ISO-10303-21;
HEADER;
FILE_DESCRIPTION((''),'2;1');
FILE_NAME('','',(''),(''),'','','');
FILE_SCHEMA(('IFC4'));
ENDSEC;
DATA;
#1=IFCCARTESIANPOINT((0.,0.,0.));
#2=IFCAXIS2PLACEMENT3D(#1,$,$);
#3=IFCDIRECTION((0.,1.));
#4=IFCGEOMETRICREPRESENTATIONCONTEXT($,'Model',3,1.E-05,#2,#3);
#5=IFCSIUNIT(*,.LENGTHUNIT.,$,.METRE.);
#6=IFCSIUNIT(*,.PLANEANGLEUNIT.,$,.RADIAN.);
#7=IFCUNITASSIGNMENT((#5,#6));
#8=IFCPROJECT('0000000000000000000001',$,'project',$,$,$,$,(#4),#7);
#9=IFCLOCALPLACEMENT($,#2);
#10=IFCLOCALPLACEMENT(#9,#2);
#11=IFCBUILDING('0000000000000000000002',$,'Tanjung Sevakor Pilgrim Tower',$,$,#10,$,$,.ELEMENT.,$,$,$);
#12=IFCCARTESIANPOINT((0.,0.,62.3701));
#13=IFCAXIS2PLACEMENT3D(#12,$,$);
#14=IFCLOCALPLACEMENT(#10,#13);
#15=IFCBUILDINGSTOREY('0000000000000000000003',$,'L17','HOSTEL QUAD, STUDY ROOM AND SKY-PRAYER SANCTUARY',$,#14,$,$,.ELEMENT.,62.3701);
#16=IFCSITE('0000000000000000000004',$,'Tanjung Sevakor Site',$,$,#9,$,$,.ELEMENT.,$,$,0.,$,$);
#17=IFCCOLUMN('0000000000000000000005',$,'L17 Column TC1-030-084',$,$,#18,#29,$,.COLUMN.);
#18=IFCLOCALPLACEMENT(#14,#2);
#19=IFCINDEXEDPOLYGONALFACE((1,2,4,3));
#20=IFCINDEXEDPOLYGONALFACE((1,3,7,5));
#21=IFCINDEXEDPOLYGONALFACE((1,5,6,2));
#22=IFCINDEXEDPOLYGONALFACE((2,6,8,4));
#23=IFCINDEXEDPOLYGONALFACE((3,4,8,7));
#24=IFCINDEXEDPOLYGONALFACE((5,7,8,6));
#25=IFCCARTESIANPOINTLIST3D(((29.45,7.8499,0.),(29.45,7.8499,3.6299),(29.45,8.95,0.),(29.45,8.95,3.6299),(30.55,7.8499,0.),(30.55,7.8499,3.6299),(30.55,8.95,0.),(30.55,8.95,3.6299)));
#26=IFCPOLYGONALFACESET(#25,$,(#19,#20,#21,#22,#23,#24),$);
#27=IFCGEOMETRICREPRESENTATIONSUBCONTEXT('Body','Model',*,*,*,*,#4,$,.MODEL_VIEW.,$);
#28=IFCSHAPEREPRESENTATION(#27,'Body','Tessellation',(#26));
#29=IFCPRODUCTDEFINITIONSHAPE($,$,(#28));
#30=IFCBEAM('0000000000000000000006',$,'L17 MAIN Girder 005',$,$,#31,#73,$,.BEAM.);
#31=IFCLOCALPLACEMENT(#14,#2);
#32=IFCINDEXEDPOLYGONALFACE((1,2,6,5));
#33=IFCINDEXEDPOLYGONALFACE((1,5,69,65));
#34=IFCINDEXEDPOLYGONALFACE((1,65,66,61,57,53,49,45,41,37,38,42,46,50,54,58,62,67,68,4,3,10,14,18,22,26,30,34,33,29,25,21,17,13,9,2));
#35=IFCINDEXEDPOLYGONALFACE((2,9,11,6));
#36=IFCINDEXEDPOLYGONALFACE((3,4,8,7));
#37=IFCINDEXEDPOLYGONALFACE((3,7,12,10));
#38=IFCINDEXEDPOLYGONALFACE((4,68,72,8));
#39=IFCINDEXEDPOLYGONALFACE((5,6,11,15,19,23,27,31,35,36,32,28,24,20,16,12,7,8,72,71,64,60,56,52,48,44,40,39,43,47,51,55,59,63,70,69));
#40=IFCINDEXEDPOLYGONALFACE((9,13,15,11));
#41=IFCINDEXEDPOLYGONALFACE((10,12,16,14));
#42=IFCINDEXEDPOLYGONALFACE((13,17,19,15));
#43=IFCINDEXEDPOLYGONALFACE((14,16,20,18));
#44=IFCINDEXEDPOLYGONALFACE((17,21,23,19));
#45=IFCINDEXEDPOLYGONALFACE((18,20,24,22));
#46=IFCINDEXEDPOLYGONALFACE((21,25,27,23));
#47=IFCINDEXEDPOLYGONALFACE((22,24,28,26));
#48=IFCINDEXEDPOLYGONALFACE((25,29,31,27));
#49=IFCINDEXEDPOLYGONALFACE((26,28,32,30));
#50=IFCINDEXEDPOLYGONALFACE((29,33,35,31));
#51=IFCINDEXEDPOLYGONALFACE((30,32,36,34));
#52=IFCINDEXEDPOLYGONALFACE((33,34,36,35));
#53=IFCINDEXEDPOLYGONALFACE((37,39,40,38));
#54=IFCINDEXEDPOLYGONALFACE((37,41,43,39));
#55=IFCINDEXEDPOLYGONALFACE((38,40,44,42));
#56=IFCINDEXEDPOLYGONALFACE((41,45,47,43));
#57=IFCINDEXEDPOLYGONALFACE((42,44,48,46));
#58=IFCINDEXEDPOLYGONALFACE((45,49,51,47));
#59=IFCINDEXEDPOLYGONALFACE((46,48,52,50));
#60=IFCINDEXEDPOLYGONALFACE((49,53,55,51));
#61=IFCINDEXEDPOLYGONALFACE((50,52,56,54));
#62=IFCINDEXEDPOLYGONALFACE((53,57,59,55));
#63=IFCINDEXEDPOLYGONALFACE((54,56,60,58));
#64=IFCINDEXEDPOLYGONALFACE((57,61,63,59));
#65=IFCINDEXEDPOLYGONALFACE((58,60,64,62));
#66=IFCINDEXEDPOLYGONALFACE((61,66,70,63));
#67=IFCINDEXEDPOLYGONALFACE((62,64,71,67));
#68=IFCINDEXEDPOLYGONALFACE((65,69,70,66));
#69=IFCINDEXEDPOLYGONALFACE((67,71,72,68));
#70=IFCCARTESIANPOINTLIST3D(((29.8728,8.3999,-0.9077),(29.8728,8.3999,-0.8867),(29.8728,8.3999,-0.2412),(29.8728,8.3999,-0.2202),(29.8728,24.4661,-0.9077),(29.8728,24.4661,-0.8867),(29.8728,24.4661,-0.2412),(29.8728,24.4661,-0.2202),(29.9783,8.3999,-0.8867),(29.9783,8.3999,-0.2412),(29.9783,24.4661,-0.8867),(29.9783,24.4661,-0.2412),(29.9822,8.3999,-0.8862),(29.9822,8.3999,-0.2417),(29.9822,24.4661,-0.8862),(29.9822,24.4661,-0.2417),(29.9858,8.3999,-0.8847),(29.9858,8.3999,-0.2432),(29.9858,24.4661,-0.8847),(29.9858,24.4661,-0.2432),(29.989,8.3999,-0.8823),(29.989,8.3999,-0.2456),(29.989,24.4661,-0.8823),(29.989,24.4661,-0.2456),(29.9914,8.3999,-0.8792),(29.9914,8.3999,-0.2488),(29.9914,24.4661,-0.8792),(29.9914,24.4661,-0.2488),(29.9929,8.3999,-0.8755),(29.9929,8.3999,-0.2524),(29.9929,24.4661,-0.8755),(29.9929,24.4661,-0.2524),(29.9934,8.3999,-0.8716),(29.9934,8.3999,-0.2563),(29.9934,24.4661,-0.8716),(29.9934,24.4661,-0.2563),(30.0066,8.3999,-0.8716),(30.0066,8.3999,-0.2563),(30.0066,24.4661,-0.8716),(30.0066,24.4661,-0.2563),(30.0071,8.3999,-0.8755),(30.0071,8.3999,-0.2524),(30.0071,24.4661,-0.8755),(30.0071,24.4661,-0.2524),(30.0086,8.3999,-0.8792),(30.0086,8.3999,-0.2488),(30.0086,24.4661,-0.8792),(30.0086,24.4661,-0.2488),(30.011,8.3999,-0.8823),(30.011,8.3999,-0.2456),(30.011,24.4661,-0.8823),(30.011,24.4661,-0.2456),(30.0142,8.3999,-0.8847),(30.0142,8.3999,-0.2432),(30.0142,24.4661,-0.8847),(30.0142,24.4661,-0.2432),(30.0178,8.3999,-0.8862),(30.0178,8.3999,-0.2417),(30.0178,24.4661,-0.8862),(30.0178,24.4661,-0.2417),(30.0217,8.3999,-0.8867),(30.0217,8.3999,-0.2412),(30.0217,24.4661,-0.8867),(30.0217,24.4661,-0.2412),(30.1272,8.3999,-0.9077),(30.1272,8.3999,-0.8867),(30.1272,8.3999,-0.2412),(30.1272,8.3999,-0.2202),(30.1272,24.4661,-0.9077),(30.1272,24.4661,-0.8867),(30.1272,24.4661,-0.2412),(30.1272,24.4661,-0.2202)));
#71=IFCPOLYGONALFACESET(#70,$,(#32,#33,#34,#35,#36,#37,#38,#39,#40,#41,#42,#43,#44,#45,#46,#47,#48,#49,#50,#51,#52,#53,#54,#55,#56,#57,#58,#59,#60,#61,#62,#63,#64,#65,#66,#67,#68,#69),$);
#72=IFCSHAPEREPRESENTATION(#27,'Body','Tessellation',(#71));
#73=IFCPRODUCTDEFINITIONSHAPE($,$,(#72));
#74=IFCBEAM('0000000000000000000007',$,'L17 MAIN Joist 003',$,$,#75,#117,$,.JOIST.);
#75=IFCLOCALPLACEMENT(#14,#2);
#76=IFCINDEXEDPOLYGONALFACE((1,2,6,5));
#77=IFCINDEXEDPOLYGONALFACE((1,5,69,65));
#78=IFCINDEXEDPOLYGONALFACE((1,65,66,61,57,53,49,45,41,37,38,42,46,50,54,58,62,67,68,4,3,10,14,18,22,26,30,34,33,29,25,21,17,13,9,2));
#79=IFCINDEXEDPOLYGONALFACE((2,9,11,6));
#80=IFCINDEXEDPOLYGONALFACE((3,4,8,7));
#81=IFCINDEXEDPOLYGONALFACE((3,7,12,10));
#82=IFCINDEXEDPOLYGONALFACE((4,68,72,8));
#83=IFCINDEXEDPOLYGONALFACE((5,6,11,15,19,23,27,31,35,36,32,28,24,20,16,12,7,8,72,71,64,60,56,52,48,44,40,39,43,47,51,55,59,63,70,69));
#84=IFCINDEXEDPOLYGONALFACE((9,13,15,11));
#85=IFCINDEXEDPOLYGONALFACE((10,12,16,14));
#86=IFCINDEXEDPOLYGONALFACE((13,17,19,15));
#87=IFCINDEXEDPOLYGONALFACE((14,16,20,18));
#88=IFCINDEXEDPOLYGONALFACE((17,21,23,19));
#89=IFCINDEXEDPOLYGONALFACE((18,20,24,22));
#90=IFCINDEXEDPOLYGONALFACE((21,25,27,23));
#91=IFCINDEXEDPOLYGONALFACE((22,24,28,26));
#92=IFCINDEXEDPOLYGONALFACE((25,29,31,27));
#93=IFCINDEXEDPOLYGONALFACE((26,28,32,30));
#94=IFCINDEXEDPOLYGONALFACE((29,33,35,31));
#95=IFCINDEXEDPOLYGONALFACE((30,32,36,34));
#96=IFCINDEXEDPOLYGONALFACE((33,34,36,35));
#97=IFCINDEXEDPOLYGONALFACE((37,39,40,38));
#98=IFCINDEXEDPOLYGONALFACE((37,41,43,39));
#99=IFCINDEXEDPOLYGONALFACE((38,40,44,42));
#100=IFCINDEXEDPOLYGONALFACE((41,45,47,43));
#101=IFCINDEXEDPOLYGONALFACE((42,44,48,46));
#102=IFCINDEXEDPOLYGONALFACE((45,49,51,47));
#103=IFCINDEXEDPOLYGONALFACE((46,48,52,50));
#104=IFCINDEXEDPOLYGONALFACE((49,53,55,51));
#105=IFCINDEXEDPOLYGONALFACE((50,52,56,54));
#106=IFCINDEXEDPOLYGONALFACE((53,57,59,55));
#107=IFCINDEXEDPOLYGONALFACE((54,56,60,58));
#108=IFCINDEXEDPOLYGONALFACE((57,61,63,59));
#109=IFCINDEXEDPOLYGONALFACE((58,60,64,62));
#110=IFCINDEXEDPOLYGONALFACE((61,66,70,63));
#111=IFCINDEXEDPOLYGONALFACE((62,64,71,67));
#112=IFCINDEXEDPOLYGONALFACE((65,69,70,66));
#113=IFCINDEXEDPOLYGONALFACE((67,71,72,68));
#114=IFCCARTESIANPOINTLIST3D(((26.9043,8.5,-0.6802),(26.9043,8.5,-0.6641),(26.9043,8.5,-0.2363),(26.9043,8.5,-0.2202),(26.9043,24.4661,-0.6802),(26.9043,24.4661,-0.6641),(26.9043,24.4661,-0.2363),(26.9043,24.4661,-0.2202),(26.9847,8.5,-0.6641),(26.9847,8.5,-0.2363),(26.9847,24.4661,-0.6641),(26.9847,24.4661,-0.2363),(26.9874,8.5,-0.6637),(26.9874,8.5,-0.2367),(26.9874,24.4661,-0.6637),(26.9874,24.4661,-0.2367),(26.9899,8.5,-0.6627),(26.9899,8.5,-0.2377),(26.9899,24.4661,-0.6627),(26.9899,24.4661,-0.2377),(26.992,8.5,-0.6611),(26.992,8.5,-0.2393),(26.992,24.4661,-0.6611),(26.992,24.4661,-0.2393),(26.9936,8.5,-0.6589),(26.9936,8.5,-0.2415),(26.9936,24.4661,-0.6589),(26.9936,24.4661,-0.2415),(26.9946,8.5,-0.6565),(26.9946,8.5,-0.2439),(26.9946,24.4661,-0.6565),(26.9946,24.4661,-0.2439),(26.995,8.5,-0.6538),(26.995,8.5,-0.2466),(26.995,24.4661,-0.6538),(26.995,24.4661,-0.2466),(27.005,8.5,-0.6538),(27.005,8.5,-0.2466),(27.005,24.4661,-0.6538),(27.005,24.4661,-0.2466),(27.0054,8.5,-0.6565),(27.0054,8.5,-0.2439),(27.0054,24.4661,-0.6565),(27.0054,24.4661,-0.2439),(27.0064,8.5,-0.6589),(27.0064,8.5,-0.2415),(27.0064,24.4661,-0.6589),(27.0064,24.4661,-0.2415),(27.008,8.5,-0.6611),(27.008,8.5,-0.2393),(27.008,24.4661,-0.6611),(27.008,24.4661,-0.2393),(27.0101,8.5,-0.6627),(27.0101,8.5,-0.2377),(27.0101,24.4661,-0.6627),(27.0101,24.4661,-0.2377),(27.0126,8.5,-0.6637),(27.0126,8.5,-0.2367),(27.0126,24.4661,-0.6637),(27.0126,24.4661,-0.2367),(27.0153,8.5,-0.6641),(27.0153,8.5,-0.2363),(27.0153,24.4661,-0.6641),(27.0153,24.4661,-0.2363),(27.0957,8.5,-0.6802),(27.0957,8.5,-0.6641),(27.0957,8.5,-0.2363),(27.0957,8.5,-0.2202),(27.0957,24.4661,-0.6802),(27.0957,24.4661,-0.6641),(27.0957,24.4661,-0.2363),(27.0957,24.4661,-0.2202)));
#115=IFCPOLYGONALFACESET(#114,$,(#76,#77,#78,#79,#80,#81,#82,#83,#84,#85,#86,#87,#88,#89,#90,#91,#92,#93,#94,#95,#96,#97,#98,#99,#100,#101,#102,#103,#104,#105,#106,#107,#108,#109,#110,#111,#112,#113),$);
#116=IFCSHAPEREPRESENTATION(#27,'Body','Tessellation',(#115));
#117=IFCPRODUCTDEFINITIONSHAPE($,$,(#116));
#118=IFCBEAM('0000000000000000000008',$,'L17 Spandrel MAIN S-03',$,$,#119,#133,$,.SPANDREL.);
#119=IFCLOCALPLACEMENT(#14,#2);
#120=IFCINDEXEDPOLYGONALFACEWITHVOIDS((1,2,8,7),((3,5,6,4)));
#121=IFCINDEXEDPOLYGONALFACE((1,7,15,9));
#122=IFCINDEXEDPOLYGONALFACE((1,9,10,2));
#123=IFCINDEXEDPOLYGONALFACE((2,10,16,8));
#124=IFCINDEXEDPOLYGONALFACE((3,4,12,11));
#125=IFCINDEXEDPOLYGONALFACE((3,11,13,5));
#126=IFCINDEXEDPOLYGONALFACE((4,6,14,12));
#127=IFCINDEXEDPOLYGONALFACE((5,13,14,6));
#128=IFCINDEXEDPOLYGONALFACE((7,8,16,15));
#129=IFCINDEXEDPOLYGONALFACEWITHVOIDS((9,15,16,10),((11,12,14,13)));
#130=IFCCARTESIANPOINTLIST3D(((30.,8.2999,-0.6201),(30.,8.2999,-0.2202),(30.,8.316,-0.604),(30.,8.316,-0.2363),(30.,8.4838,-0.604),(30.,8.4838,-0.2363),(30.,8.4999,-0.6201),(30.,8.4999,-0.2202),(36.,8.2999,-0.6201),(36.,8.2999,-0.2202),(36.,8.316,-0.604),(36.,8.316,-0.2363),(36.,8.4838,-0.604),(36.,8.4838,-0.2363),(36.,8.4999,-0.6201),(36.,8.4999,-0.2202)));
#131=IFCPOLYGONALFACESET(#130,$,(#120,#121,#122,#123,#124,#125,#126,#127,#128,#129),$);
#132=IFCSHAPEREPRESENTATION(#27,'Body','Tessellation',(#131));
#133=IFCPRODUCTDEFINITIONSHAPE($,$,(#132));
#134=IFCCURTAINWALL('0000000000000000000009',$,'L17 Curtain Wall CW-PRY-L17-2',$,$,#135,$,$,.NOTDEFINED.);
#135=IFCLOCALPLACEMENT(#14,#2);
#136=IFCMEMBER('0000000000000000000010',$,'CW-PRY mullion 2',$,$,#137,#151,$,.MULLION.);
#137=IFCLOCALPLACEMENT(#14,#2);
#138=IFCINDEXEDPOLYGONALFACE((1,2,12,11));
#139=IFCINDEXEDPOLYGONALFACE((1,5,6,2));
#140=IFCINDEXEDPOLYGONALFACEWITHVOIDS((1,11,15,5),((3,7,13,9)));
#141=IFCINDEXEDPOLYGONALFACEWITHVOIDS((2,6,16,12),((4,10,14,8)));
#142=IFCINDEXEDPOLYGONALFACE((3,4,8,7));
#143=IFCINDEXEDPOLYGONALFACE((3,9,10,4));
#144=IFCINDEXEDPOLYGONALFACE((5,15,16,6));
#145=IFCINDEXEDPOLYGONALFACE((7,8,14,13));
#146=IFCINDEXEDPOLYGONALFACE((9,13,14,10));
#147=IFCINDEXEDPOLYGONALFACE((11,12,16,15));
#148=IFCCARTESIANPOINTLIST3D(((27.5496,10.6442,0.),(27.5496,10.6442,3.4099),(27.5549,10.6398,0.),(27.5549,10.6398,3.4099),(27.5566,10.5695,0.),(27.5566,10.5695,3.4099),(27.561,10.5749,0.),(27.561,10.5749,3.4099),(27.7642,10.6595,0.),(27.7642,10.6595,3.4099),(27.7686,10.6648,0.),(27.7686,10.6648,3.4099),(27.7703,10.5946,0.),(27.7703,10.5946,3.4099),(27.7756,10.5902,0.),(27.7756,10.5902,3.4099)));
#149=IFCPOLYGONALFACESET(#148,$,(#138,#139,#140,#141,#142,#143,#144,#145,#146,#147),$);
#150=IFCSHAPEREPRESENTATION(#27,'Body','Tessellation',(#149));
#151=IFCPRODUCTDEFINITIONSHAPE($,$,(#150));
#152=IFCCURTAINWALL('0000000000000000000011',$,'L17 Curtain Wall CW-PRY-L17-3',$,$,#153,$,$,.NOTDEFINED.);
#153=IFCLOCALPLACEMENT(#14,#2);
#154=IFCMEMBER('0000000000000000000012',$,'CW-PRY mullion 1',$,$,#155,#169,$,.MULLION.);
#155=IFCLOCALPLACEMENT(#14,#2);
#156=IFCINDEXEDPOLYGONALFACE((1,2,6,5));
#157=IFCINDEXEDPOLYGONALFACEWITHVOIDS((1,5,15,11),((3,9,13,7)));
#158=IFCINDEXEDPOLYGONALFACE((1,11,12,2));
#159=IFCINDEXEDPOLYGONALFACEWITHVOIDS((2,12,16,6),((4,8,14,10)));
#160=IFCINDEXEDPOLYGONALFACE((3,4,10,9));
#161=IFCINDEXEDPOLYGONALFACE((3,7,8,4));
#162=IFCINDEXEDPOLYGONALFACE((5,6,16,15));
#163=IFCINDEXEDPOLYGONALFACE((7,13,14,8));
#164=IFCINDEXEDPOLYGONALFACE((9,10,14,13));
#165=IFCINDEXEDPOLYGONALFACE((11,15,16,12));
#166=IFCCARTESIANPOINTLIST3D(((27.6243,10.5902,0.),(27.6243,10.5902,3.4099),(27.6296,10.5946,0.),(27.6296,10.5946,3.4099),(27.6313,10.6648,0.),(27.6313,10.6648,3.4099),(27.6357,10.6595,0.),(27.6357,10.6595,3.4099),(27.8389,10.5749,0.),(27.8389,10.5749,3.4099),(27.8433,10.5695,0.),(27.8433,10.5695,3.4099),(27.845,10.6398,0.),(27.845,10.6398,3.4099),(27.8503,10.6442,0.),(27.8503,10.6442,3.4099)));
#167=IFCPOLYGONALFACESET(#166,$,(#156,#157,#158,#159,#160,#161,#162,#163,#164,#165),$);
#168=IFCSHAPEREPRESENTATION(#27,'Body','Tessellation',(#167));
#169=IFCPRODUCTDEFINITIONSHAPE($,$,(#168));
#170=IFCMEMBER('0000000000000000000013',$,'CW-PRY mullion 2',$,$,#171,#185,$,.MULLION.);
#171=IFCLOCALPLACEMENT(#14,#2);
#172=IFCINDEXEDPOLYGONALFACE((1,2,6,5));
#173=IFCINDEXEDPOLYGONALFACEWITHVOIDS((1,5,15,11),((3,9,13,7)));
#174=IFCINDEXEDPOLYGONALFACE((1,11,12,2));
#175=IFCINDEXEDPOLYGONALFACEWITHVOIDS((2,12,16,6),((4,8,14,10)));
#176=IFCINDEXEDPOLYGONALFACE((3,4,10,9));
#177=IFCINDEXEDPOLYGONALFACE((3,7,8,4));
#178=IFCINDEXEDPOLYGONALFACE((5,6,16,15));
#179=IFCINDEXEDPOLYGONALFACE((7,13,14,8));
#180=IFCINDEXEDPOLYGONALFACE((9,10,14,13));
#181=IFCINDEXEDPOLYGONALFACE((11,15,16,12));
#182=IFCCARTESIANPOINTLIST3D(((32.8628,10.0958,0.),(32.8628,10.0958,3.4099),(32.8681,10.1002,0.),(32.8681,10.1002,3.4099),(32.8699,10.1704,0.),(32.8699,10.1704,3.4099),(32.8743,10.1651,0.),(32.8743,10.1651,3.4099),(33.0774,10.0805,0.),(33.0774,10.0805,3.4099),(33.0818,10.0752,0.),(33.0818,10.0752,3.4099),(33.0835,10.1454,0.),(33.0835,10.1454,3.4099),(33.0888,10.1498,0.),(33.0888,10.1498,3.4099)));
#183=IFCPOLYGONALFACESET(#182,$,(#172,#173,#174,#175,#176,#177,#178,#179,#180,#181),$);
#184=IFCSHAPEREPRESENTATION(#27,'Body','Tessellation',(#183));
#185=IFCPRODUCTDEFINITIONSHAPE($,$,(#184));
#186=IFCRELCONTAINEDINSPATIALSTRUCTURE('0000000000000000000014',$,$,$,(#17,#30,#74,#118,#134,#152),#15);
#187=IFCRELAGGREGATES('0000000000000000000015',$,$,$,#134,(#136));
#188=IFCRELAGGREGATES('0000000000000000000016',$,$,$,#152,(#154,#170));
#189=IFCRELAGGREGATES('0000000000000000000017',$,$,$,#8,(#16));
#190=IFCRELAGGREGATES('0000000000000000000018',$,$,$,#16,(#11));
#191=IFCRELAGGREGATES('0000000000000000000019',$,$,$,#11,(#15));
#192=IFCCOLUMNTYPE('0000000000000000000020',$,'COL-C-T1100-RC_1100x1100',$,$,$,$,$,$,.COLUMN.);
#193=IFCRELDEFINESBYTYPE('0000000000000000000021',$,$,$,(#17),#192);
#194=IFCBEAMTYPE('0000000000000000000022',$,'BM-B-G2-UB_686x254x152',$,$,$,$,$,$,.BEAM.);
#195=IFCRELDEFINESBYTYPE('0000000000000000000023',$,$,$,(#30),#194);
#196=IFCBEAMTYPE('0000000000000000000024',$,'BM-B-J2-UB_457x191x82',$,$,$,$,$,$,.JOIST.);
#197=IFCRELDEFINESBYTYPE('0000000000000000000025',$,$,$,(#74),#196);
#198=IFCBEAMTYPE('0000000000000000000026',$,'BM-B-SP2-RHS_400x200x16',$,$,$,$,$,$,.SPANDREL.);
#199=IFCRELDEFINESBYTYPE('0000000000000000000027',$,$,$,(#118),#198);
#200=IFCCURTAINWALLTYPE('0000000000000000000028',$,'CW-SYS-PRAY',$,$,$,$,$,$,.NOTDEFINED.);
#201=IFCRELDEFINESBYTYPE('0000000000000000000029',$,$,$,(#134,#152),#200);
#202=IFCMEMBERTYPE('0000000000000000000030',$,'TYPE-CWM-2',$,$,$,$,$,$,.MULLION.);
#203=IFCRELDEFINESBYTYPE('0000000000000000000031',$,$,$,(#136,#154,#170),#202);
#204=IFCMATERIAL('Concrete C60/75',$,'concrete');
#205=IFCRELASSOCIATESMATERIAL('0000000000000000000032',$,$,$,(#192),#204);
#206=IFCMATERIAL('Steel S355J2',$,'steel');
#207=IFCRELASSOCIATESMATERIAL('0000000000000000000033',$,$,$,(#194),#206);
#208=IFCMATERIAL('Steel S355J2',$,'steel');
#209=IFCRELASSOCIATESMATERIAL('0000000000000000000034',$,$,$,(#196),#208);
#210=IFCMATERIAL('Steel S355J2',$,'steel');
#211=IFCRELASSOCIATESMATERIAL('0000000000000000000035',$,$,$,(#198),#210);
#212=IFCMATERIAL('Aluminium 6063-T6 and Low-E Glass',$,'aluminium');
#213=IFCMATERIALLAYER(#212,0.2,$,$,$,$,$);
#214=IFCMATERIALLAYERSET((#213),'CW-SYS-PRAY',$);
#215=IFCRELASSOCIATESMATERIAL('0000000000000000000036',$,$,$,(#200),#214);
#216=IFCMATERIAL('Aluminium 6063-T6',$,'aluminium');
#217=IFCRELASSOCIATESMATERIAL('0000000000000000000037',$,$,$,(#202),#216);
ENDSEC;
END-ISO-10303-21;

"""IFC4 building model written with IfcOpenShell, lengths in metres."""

from ifc_helpers import new_model, si_unit, direction, frame, origin, origin_2d, place, context, subcontext, project, spatial, rectangle, hollow_rectangle, i_section, extrude, material, layer, layer_set, material_profile, profile_set, type_object, element, aggregate, save


model = new_model("IFC4")

# Units and contexts
model_context = context("Model", 3, precision=1e-05, world=origin(), true_north=direction((0.0, 1.0)))
body_context = subcontext(model_context, "Body", "Model", "MODEL_VIEW")
ifc_project = project(units=[si_unit("LENGTHUNIT", "METRE"), si_unit("PLANEANGLEUNIT", "RADIAN")], contexts=[model_context])

# Site, building, storey
site_placement = place(None, origin())
site = spatial("IfcSite", under=ifc_project, at=site_placement, Name="Tanjung Sevakor Site", CompositionType="ELEMENT", RefElevation=0.0)
building_placement = place(site_placement, origin())
building = spatial("IfcBuilding", under=site, at=building_placement, Name="Tanjung Sevakor Pilgrim Tower", CompositionType="ELEMENT")
storey_placement = place(building_placement, frame((0.0, 0.0, 62.3701)))
storey = spatial("IfcBuildingStorey", under=building, at=storey_placement, Name="L17", Description="HOSTEL QUAD, STUDY ROOM AND SKY-PRAYER SANCTUARY", CompositionType="ELEMENT", Elevation=62.3701)

# Column
ifc_material_1 = material(Name="Concrete C60/75", Category="concrete")
ifc_material_profile_1 = material_profile(ifc_material_1, rectangle(XDim=1.1001, YDim=1.1001, at=origin_2d()))
ifc_profile_set_1 = profile_set([ifc_material_profile_1], Name="Concrete C60/75")
column_type = type_object("IfcColumnType", Name="COL-C-T1100-RC_1100x1100", PredefinedType="COLUMN", material=ifc_profile_set_1)
column_placement = place(storey_placement, frame((30.0, 8.3999, 0.0), z_axis=(0.0, 0.0, 1.0), x_axis=(1.0, 0.0, 0.0)))
element("IfcColumn", 1, at=column_placement, inside=storey, type_object=column_type, Name="L17 Column TC1-030-084", PredefinedType="COLUMN", context=body_context, shape_type="SweptSolid", body=[
    extrude(rectangle(XDim=1.1001, YDim=1.1001, at=origin_2d()), origin(), (0.0, 0.0, 1.0), 3.6299),
])

# Beams
ifc_material_2 = material(Name="Steel S355J2", Category="steel")
ifc_material_profile_2 = material_profile(ifc_material_2, i_section(OverallWidth=0.2544, OverallDepth=0.6875, WebThickness=0.0132, FlangeThickness=0.021, FilletRadius=0.0151, at=origin_2d()))
ifc_profile_set_2 = profile_set([ifc_material_profile_2], Name="Steel S355J2")
beam_type_1 = type_object("IfcBeamType", Name="BM-B-G2-UB_686x254x152", PredefinedType="BEAM", material=ifc_profile_set_2)
beam_1_placement = place(storey_placement, frame((30.0, 8.3999, -0.564), z_axis=(0.0, 1.0, 0.0), x_axis=(-1.0, 0.0, 0.0)))
element("IfcBeam", 2, at=beam_1_placement, inside=storey, type_object=beam_type_1, Name="L17 MAIN Girder 005", PredefinedType="BEAM", context=body_context, shape_type="SweptSolid", body=[
    extrude(i_section(OverallWidth=0.2544, OverallDepth=0.6875, WebThickness=0.0132, FlangeThickness=0.021, FilletRadius=0.0151, at=origin_2d()), origin(), (0.0, 0.0, 1.0), 16.0662),
])
ifc_material_3 = material(Name="Steel S355J2", Category="steel")
ifc_material_profile_3 = material_profile(ifc_material_3, i_section(OverallWidth=0.1914, OverallDepth=0.46, WebThickness=0.01, FlangeThickness=0.0161, FilletRadius=0.0103, at=origin_2d()))
ifc_profile_set_3 = profile_set([ifc_material_profile_3], Name="Steel S355J2")
beam_type_2 = type_object("IfcBeamType", Name="BM-B-J2-UB_457x191x82", PredefinedType="JOIST", material=ifc_profile_set_3)
beam_2_placement = place(storey_placement, frame((27.0, 8.5, -0.4502), z_axis=(0.0, 1.0, 0.0), x_axis=(-1.0, 0.0, 0.0)))
element("IfcBeam", 3, at=beam_2_placement, inside=storey, type_object=beam_type_2, Name="L17 MAIN Joist 003", PredefinedType="JOIST", context=body_context, shape_type="SweptSolid", body=[
    extrude(i_section(OverallWidth=0.1914, OverallDepth=0.46, WebThickness=0.01, FlangeThickness=0.0161, FilletRadius=0.0103, at=origin_2d()), origin(), (0.0, 0.0, 1.0), 15.9661),
])
ifc_material_4 = material(Name="Steel S355J2", Category="steel")
ifc_material_profile_4 = material_profile(ifc_material_4, hollow_rectangle(XDim=0.2, YDim=0.3999, WallThickness=0.0161, at=origin_2d()))
ifc_profile_set_4 = profile_set([ifc_material_profile_4], Name="Steel S355J2")
beam_type_3 = type_object("IfcBeamType", Name="BM-B-SP2-RHS_400x200x16", PredefinedType="SPANDREL", material=ifc_profile_set_4)
beam_3_placement = place(storey_placement, frame((30.0, 8.3999, -0.4202), z_axis=(1.0, 0.0, 0.0), x_axis=(0.0, 1.0, 0.0)))
element("IfcBeam", 4, at=beam_3_placement, inside=storey, type_object=beam_type_3, Name="L17 Spandrel MAIN S-03", PredefinedType="SPANDREL", context=body_context, shape_type="SweptSolid", body=[
    extrude(hollow_rectangle(XDim=0.2, YDim=0.3999, WallThickness=0.0161, at=origin_2d()), origin(), (0.0, 0.0, 1.0), 6.0),
])

# Curtain wall, member
ifc_material_5 = material(Name="Aluminium 6063-T6 and Low-E Glass", Category="aluminium")
ifc_layer_1 = layer(ifc_material_5, 0.2)
ifc_layer_set_1 = layer_set([ifc_layer_1], Name="CW-SYS-PRAY")
curtain_wall_type = type_object("IfcCurtainWallType", Name="CW-SYS-PRAY", PredefinedType="NOTDEFINED", material=ifc_layer_set_1)
curtain_wall_1_placement = place(storey_placement, origin())
curtain_wall_1 = element("IfcCurtainWall", 5, at=curtain_wall_1_placement, inside=storey, type_object=curtain_wall_type, Name="L17 Curtain Wall CW-PRY-L17-2", PredefinedType="NOTDEFINED")
ifc_material_6 = material(Name="Aluminium 6063-T6", Category="aluminium")
ifc_material_profile_5 = material_profile(ifc_material_6, hollow_rectangle(XDim=0.075, YDim=0.22, WallThickness=0.0049, at=origin_2d()))
ifc_profile_set_5 = profile_set([ifc_material_profile_5], Name="Aluminium 6063-T6")
member_type_1 = type_object("IfcMemberType", Name="TYPE-CWM-2", PredefinedType="MULLION", material=ifc_profile_set_5)
member_1_placement = place(storey_placement, frame((27.6626, 10.6172, 0.0), z_axis=(0.0, 0.0, 1.0), x_axis=(-0.093921, 0.99558, 0.0)))
member_1 = element("IfcMember", 6, at=member_1_placement, type_object=member_type_1, Name="CW-PRY mullion 2", PredefinedType="MULLION", context=body_context, shape_type="SweptSolid", body=[
    extrude(hollow_rectangle(XDim=0.075, YDim=0.22, WallThickness=0.0049, at=origin_2d()), origin(), (0.0, 0.0, 1.0), 3.4099),
])

# Curtain wall, members
curtain_wall_2_placement = place(storey_placement, origin())
curtain_wall_2 = element("IfcCurtainWall", 7, at=curtain_wall_2_placement, inside=storey, type_object=curtain_wall_type, Name="L17 Curtain Wall CW-PRY-L17-3", PredefinedType="NOTDEFINED")
member_2_placement = place(storey_placement, frame((27.7373, 10.6172, 0.0), z_axis=(0.0, 0.0, 1.0), x_axis=(0.093916, 0.99558, 0.0)))
member_2 = element("IfcMember", 8, at=member_2_placement, type_object=member_type_1, Name="CW-PRY mullion 1", PredefinedType="MULLION", context=body_context, shape_type="SweptSolid", body=[
    extrude(hollow_rectangle(XDim=0.075, YDim=0.22, WallThickness=0.0049, at=origin_2d()), origin(), (0.0, 0.0, 1.0), 3.4099),
])
member_3_placement = place(storey_placement, frame((32.9758, 10.1228, 0.0), z_axis=(0.0, 0.0, 1.0), x_axis=(0.093916, 0.99558, 0.0)))
member_3 = element("IfcMember", 9, at=member_3_placement, type_object=member_type_1, Name="CW-PRY mullion 2", PredefinedType="MULLION", context=body_context, shape_type="SweptSolid", body=[
    extrude(hollow_rectangle(XDim=0.075, YDim=0.22, WallThickness=0.0049, at=origin_2d()), origin(), (0.0, 0.0, 1.0), 3.4099),
])

aggregate(curtain_wall_1, [member_1])
aggregate(curtain_wall_2, [member_2, member_3])

save(model, "model.ifc")
